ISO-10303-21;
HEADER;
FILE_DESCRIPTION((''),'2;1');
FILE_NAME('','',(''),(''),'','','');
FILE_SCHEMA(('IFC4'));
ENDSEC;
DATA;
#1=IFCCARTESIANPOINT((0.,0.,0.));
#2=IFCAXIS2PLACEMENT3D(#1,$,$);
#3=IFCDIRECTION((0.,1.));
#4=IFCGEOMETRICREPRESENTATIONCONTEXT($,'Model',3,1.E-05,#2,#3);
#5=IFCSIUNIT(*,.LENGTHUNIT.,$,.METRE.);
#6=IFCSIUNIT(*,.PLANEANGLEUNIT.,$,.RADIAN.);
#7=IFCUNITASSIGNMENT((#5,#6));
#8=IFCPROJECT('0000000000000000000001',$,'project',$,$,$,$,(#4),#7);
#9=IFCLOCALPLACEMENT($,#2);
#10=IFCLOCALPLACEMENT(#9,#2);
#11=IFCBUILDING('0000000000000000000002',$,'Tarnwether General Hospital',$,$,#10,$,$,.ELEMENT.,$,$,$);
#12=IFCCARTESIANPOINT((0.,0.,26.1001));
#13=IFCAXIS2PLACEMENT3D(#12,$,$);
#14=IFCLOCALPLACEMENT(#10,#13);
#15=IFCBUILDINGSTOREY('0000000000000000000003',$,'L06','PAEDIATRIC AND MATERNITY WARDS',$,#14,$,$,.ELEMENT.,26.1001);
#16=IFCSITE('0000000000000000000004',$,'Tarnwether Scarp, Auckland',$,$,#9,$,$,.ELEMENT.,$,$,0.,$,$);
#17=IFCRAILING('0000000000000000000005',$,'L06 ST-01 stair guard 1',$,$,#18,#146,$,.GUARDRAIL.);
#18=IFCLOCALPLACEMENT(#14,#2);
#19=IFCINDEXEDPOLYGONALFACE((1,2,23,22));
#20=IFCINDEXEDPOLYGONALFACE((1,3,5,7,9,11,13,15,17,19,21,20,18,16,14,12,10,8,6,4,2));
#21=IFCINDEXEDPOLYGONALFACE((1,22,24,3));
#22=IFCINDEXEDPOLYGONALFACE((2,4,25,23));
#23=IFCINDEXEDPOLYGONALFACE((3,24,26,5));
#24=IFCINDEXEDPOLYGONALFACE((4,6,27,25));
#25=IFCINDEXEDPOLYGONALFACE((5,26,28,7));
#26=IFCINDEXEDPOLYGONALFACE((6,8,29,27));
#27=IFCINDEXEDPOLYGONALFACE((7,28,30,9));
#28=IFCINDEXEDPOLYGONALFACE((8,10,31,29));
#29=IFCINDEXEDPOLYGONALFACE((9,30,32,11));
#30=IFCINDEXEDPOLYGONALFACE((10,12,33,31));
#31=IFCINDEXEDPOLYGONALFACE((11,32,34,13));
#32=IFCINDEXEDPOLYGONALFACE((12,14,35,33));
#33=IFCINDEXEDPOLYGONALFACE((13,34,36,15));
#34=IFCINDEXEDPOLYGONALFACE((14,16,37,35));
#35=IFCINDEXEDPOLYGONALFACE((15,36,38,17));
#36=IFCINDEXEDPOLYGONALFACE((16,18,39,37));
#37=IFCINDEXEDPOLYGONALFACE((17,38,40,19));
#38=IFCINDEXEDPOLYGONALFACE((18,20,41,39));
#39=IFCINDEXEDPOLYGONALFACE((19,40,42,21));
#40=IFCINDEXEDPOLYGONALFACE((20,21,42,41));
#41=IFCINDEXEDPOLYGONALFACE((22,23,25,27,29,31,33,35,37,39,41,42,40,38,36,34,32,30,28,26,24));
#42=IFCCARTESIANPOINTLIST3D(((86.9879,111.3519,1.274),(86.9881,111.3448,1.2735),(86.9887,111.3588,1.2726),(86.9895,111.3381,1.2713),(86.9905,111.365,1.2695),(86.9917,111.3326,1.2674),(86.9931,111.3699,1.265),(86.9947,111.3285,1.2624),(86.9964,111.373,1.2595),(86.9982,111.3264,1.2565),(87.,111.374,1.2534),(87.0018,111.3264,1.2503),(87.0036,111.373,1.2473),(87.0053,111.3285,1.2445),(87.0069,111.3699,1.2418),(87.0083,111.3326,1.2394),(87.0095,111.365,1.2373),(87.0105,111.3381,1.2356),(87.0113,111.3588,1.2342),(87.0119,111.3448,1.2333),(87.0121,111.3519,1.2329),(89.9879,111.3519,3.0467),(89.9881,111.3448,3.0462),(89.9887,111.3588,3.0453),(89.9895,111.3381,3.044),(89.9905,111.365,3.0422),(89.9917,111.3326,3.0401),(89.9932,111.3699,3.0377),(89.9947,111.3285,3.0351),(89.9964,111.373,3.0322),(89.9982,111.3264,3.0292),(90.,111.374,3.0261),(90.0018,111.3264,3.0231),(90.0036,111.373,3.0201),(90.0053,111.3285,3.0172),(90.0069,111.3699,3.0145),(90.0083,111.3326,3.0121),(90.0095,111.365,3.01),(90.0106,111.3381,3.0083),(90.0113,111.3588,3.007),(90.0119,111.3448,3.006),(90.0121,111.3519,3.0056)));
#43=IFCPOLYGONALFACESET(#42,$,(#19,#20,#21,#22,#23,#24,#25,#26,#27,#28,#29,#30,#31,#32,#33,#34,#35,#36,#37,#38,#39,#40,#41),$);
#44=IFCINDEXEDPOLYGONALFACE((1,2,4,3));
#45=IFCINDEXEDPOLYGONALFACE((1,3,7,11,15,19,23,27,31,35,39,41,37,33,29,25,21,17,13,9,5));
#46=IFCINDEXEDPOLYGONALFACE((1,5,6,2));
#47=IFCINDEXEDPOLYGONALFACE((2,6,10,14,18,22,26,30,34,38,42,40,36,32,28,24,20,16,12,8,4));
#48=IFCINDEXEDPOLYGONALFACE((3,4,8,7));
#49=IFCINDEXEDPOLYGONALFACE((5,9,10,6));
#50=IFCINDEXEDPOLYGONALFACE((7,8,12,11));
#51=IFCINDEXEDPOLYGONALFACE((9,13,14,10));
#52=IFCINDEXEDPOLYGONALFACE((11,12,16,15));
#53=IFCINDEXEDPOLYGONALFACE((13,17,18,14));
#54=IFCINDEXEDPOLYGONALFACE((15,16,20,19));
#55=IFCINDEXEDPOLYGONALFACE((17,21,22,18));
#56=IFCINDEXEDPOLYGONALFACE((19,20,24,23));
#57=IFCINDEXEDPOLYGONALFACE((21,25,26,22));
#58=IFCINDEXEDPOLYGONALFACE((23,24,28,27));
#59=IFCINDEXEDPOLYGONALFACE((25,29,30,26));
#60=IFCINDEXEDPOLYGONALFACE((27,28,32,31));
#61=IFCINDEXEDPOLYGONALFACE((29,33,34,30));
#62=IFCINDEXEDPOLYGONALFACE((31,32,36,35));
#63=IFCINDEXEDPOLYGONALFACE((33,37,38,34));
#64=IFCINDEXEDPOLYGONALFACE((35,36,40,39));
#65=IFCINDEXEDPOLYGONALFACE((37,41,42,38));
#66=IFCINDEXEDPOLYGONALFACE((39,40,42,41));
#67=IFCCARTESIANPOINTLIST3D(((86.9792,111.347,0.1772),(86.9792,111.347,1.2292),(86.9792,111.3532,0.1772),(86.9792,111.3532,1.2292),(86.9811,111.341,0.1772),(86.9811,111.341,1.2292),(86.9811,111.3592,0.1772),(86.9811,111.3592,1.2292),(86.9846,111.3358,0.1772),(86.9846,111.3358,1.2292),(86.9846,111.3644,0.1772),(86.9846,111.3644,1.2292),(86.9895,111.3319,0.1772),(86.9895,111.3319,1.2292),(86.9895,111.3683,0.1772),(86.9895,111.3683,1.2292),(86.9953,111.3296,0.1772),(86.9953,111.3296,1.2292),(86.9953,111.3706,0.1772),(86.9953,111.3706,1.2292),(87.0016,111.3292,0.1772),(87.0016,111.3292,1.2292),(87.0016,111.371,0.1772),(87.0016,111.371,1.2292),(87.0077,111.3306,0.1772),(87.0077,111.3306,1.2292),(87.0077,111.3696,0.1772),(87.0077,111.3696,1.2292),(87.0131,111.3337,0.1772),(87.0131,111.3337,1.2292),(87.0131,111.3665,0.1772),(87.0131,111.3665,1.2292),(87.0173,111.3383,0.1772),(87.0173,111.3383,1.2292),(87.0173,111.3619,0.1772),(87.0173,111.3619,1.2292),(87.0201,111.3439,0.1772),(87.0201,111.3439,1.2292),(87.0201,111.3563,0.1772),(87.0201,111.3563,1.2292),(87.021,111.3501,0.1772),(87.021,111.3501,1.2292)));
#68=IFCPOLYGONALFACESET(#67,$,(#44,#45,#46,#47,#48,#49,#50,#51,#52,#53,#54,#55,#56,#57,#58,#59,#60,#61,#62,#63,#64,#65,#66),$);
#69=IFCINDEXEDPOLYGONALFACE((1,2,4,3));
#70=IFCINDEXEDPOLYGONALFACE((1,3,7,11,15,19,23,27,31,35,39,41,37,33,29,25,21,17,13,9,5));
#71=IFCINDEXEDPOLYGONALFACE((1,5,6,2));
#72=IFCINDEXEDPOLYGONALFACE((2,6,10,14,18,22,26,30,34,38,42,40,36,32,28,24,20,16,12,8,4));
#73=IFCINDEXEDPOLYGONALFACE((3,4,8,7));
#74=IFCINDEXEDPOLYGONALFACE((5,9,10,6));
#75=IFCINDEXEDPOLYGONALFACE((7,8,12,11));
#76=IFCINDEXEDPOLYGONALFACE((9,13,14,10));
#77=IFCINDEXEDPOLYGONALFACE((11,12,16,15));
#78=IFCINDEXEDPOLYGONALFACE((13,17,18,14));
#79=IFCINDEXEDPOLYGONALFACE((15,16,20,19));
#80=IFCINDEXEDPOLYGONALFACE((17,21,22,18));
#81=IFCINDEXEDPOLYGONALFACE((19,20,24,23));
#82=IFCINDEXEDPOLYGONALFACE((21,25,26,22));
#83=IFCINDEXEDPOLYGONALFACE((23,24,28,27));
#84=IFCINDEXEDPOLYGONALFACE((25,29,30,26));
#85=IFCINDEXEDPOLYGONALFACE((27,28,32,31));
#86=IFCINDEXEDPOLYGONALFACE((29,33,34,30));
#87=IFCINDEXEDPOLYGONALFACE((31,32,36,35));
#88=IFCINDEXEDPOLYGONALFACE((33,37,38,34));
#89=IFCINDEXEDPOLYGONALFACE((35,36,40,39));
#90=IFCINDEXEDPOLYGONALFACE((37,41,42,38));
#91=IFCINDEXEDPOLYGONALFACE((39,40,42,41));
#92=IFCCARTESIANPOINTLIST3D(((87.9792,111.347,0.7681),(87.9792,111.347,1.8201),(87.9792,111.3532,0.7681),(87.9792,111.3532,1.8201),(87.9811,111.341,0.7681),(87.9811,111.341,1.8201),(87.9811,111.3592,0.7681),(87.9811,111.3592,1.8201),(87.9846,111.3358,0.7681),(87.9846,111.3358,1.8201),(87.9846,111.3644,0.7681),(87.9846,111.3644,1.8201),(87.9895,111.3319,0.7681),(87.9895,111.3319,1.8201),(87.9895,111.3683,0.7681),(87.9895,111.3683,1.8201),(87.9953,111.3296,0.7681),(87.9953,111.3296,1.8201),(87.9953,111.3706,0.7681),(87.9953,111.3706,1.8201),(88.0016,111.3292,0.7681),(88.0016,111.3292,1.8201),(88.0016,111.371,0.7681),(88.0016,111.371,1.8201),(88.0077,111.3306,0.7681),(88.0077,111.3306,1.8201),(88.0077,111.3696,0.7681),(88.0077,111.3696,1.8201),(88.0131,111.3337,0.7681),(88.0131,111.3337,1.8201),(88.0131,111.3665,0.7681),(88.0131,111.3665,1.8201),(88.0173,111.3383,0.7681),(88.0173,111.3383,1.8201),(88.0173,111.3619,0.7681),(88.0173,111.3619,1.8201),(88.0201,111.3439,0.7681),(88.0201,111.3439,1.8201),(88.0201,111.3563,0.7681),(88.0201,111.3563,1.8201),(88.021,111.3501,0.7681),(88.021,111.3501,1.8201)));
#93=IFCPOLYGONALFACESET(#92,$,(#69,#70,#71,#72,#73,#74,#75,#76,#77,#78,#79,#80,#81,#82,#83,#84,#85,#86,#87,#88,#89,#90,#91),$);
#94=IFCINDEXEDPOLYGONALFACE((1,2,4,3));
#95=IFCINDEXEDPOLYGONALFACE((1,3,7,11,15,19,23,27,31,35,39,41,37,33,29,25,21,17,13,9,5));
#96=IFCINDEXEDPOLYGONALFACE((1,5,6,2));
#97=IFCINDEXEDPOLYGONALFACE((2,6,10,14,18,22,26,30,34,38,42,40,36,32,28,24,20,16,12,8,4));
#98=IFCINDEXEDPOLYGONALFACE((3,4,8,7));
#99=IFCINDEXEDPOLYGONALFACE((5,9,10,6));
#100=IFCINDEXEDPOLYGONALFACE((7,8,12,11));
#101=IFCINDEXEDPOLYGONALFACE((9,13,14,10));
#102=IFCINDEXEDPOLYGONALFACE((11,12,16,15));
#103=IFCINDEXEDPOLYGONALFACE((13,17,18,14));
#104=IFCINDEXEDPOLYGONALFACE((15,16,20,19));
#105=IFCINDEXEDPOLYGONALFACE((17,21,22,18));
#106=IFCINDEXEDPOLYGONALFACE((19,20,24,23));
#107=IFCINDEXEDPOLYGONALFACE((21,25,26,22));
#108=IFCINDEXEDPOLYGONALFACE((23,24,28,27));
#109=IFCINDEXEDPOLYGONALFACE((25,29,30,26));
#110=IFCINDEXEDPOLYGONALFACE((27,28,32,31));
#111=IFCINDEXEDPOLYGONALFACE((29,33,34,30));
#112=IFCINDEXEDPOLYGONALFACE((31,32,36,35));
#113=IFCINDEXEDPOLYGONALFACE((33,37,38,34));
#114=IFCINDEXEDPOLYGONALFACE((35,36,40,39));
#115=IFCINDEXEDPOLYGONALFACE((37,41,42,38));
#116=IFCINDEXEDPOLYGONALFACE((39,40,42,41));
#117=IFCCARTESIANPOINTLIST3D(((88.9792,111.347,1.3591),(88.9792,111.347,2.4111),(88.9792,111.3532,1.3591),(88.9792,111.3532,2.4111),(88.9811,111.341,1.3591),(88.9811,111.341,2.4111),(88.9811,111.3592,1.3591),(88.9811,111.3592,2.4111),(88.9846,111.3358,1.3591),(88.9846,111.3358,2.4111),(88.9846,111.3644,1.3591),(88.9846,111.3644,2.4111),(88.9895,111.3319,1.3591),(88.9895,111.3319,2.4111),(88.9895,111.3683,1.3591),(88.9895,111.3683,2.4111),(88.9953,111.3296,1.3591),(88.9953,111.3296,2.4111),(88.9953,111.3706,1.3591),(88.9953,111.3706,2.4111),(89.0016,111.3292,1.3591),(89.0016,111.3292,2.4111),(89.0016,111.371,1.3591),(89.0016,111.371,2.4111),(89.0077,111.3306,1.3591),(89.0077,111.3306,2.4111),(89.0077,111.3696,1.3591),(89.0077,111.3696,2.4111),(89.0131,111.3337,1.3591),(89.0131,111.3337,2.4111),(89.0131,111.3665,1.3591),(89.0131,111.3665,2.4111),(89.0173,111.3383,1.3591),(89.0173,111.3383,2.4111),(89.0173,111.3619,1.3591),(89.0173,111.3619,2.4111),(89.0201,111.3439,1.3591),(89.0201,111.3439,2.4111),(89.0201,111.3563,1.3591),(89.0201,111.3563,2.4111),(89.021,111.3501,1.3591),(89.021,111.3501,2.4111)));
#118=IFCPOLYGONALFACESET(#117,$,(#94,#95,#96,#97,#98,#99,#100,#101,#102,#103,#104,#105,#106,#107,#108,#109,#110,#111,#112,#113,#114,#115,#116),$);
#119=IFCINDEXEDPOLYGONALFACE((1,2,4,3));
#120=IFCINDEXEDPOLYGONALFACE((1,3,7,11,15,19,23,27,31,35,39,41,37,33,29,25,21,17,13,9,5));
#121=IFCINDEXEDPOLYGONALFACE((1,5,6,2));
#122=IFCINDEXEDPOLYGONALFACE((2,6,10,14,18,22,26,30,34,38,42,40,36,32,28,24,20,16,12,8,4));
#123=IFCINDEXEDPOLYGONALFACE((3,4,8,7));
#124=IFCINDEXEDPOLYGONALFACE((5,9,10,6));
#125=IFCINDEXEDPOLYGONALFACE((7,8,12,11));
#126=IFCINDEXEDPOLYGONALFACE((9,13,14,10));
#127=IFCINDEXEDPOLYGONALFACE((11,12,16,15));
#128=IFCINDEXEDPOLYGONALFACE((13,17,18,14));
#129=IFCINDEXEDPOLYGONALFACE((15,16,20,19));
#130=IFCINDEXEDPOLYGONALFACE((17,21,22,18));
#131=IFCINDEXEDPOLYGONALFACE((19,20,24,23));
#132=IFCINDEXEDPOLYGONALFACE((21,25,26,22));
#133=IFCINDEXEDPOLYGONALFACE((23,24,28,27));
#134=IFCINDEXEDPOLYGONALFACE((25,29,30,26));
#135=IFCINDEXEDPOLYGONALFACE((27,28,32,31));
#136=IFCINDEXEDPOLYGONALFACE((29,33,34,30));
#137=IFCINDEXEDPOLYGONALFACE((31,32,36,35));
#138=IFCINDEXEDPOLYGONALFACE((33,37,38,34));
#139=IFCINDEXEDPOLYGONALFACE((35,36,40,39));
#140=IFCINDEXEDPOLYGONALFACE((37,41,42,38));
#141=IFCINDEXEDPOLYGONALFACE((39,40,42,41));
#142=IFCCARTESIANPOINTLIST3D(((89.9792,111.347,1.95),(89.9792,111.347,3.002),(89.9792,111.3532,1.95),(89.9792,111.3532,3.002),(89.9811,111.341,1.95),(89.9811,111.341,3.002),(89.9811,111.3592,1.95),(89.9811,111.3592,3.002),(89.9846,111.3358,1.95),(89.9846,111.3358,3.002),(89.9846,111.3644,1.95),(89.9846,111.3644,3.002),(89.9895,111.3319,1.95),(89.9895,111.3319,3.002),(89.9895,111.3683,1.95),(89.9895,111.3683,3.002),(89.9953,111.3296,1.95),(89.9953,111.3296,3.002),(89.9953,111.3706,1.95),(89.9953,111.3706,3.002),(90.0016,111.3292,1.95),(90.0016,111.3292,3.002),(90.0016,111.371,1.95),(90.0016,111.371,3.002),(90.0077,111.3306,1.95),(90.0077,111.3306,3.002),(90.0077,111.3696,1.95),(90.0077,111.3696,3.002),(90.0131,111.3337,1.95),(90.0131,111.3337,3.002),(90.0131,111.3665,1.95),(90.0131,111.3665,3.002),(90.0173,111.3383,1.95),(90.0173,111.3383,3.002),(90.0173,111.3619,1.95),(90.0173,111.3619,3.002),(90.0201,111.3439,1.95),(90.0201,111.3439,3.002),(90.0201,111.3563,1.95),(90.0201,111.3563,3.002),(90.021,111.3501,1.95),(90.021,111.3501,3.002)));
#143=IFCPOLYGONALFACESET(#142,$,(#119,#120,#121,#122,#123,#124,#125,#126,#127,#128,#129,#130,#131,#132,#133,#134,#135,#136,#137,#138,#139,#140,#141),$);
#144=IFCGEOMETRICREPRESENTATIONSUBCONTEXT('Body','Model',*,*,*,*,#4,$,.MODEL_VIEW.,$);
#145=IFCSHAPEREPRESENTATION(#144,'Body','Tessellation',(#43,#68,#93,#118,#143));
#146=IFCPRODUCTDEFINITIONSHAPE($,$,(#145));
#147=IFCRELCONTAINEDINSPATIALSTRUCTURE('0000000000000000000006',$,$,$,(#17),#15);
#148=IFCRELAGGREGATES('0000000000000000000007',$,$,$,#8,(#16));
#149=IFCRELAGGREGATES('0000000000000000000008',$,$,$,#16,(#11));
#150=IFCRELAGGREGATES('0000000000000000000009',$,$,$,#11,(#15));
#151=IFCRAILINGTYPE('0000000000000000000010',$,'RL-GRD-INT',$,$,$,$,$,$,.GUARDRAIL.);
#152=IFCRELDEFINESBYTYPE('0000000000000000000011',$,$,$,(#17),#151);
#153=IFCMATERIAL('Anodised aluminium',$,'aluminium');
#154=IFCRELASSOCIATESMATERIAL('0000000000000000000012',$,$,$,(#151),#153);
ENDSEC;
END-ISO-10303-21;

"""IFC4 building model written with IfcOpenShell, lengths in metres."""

from ifc_helpers import new_model, si_unit, direction, frame, origin, origin_2d, place, context, subcontext, project, spatial, circle, extrude, material, type_object, element, save


model = new_model("IFC4")

# Units and contexts
model_context = context("Model", 3, precision=1e-05, world=origin(), true_north=direction((0.0, 1.0)))
body_context = subcontext(model_context, "Body", "Model", "MODEL_VIEW")
ifc_project = project(units=[si_unit("LENGTHUNIT", "METRE"), si_unit("PLANEANGLEUNIT", "RADIAN")], contexts=[model_context])

# Site, building, storey
site_placement = place(None, origin())
site = spatial("IfcSite", under=ifc_project, at=site_placement, Name="Tarnwether Scarp, Auckland", CompositionType="ELEMENT", RefElevation=0.0)
building_placement = place(site_placement, origin())
building = spatial("IfcBuilding", under=site, at=building_placement, Name="Tarnwether General Hospital", CompositionType="ELEMENT")
storey_placement = place(building_placement, frame((0.0, 0.0, 26.1001)))
storey = spatial("IfcBuildingStorey", under=building, at=storey_placement, Name="L06", Description="PAEDIATRIC AND MATERNITY WARDS", CompositionType="ELEMENT", Elevation=26.1001)

# Railing
ifc_material_1 = material(Name="Anodised aluminium", Category="aluminium")
railing_type_1 = type_object("IfcRailingType", Name="RL-GRD-INT", PredefinedType="GUARDRAIL", material=ifc_material_1)
railing_1_placement = place(storey_placement, frame((87.0, 111.3501, 0.1772)))
element("IfcRailing", 1, at=railing_1_placement, inside=storey, type_object=railing_type_1, Name="L06 ST-01 stair guard 1", PredefinedType="GUARDRAIL", context=body_context, shape_type="SweptSolid", body=[
    extrude(circle(Radius=0.0239, at=origin_2d()), frame((0.0, 0.0, 1.0762), z_axis=(0.860929, 0.0, 0.508725), x_axis=(0.0, 1.0, 0.0)), (0.0, 0.0, 1.0), 3.4846),
    extrude(circle(Radius=0.021, at=origin_2d()), origin(), (0.0, 0.0, 1.0), 1.052),
    extrude(circle(Radius=0.021, at=origin_2d()), frame((1.0, 0.0, 0.5908)), (0.0, 0.0, 1.0), 1.052),
    extrude(circle(Radius=0.021, at=origin_2d()), frame((2.0, 0.0, 1.1819)), (0.0, 0.0, 1.0), 1.052),
    extrude(circle(Radius=0.021, at=origin_2d()), frame((3.0, 0.0, 1.7727)), (0.0, 0.0, 1.0), 1.052),
])

save(model, "model.ifc")
